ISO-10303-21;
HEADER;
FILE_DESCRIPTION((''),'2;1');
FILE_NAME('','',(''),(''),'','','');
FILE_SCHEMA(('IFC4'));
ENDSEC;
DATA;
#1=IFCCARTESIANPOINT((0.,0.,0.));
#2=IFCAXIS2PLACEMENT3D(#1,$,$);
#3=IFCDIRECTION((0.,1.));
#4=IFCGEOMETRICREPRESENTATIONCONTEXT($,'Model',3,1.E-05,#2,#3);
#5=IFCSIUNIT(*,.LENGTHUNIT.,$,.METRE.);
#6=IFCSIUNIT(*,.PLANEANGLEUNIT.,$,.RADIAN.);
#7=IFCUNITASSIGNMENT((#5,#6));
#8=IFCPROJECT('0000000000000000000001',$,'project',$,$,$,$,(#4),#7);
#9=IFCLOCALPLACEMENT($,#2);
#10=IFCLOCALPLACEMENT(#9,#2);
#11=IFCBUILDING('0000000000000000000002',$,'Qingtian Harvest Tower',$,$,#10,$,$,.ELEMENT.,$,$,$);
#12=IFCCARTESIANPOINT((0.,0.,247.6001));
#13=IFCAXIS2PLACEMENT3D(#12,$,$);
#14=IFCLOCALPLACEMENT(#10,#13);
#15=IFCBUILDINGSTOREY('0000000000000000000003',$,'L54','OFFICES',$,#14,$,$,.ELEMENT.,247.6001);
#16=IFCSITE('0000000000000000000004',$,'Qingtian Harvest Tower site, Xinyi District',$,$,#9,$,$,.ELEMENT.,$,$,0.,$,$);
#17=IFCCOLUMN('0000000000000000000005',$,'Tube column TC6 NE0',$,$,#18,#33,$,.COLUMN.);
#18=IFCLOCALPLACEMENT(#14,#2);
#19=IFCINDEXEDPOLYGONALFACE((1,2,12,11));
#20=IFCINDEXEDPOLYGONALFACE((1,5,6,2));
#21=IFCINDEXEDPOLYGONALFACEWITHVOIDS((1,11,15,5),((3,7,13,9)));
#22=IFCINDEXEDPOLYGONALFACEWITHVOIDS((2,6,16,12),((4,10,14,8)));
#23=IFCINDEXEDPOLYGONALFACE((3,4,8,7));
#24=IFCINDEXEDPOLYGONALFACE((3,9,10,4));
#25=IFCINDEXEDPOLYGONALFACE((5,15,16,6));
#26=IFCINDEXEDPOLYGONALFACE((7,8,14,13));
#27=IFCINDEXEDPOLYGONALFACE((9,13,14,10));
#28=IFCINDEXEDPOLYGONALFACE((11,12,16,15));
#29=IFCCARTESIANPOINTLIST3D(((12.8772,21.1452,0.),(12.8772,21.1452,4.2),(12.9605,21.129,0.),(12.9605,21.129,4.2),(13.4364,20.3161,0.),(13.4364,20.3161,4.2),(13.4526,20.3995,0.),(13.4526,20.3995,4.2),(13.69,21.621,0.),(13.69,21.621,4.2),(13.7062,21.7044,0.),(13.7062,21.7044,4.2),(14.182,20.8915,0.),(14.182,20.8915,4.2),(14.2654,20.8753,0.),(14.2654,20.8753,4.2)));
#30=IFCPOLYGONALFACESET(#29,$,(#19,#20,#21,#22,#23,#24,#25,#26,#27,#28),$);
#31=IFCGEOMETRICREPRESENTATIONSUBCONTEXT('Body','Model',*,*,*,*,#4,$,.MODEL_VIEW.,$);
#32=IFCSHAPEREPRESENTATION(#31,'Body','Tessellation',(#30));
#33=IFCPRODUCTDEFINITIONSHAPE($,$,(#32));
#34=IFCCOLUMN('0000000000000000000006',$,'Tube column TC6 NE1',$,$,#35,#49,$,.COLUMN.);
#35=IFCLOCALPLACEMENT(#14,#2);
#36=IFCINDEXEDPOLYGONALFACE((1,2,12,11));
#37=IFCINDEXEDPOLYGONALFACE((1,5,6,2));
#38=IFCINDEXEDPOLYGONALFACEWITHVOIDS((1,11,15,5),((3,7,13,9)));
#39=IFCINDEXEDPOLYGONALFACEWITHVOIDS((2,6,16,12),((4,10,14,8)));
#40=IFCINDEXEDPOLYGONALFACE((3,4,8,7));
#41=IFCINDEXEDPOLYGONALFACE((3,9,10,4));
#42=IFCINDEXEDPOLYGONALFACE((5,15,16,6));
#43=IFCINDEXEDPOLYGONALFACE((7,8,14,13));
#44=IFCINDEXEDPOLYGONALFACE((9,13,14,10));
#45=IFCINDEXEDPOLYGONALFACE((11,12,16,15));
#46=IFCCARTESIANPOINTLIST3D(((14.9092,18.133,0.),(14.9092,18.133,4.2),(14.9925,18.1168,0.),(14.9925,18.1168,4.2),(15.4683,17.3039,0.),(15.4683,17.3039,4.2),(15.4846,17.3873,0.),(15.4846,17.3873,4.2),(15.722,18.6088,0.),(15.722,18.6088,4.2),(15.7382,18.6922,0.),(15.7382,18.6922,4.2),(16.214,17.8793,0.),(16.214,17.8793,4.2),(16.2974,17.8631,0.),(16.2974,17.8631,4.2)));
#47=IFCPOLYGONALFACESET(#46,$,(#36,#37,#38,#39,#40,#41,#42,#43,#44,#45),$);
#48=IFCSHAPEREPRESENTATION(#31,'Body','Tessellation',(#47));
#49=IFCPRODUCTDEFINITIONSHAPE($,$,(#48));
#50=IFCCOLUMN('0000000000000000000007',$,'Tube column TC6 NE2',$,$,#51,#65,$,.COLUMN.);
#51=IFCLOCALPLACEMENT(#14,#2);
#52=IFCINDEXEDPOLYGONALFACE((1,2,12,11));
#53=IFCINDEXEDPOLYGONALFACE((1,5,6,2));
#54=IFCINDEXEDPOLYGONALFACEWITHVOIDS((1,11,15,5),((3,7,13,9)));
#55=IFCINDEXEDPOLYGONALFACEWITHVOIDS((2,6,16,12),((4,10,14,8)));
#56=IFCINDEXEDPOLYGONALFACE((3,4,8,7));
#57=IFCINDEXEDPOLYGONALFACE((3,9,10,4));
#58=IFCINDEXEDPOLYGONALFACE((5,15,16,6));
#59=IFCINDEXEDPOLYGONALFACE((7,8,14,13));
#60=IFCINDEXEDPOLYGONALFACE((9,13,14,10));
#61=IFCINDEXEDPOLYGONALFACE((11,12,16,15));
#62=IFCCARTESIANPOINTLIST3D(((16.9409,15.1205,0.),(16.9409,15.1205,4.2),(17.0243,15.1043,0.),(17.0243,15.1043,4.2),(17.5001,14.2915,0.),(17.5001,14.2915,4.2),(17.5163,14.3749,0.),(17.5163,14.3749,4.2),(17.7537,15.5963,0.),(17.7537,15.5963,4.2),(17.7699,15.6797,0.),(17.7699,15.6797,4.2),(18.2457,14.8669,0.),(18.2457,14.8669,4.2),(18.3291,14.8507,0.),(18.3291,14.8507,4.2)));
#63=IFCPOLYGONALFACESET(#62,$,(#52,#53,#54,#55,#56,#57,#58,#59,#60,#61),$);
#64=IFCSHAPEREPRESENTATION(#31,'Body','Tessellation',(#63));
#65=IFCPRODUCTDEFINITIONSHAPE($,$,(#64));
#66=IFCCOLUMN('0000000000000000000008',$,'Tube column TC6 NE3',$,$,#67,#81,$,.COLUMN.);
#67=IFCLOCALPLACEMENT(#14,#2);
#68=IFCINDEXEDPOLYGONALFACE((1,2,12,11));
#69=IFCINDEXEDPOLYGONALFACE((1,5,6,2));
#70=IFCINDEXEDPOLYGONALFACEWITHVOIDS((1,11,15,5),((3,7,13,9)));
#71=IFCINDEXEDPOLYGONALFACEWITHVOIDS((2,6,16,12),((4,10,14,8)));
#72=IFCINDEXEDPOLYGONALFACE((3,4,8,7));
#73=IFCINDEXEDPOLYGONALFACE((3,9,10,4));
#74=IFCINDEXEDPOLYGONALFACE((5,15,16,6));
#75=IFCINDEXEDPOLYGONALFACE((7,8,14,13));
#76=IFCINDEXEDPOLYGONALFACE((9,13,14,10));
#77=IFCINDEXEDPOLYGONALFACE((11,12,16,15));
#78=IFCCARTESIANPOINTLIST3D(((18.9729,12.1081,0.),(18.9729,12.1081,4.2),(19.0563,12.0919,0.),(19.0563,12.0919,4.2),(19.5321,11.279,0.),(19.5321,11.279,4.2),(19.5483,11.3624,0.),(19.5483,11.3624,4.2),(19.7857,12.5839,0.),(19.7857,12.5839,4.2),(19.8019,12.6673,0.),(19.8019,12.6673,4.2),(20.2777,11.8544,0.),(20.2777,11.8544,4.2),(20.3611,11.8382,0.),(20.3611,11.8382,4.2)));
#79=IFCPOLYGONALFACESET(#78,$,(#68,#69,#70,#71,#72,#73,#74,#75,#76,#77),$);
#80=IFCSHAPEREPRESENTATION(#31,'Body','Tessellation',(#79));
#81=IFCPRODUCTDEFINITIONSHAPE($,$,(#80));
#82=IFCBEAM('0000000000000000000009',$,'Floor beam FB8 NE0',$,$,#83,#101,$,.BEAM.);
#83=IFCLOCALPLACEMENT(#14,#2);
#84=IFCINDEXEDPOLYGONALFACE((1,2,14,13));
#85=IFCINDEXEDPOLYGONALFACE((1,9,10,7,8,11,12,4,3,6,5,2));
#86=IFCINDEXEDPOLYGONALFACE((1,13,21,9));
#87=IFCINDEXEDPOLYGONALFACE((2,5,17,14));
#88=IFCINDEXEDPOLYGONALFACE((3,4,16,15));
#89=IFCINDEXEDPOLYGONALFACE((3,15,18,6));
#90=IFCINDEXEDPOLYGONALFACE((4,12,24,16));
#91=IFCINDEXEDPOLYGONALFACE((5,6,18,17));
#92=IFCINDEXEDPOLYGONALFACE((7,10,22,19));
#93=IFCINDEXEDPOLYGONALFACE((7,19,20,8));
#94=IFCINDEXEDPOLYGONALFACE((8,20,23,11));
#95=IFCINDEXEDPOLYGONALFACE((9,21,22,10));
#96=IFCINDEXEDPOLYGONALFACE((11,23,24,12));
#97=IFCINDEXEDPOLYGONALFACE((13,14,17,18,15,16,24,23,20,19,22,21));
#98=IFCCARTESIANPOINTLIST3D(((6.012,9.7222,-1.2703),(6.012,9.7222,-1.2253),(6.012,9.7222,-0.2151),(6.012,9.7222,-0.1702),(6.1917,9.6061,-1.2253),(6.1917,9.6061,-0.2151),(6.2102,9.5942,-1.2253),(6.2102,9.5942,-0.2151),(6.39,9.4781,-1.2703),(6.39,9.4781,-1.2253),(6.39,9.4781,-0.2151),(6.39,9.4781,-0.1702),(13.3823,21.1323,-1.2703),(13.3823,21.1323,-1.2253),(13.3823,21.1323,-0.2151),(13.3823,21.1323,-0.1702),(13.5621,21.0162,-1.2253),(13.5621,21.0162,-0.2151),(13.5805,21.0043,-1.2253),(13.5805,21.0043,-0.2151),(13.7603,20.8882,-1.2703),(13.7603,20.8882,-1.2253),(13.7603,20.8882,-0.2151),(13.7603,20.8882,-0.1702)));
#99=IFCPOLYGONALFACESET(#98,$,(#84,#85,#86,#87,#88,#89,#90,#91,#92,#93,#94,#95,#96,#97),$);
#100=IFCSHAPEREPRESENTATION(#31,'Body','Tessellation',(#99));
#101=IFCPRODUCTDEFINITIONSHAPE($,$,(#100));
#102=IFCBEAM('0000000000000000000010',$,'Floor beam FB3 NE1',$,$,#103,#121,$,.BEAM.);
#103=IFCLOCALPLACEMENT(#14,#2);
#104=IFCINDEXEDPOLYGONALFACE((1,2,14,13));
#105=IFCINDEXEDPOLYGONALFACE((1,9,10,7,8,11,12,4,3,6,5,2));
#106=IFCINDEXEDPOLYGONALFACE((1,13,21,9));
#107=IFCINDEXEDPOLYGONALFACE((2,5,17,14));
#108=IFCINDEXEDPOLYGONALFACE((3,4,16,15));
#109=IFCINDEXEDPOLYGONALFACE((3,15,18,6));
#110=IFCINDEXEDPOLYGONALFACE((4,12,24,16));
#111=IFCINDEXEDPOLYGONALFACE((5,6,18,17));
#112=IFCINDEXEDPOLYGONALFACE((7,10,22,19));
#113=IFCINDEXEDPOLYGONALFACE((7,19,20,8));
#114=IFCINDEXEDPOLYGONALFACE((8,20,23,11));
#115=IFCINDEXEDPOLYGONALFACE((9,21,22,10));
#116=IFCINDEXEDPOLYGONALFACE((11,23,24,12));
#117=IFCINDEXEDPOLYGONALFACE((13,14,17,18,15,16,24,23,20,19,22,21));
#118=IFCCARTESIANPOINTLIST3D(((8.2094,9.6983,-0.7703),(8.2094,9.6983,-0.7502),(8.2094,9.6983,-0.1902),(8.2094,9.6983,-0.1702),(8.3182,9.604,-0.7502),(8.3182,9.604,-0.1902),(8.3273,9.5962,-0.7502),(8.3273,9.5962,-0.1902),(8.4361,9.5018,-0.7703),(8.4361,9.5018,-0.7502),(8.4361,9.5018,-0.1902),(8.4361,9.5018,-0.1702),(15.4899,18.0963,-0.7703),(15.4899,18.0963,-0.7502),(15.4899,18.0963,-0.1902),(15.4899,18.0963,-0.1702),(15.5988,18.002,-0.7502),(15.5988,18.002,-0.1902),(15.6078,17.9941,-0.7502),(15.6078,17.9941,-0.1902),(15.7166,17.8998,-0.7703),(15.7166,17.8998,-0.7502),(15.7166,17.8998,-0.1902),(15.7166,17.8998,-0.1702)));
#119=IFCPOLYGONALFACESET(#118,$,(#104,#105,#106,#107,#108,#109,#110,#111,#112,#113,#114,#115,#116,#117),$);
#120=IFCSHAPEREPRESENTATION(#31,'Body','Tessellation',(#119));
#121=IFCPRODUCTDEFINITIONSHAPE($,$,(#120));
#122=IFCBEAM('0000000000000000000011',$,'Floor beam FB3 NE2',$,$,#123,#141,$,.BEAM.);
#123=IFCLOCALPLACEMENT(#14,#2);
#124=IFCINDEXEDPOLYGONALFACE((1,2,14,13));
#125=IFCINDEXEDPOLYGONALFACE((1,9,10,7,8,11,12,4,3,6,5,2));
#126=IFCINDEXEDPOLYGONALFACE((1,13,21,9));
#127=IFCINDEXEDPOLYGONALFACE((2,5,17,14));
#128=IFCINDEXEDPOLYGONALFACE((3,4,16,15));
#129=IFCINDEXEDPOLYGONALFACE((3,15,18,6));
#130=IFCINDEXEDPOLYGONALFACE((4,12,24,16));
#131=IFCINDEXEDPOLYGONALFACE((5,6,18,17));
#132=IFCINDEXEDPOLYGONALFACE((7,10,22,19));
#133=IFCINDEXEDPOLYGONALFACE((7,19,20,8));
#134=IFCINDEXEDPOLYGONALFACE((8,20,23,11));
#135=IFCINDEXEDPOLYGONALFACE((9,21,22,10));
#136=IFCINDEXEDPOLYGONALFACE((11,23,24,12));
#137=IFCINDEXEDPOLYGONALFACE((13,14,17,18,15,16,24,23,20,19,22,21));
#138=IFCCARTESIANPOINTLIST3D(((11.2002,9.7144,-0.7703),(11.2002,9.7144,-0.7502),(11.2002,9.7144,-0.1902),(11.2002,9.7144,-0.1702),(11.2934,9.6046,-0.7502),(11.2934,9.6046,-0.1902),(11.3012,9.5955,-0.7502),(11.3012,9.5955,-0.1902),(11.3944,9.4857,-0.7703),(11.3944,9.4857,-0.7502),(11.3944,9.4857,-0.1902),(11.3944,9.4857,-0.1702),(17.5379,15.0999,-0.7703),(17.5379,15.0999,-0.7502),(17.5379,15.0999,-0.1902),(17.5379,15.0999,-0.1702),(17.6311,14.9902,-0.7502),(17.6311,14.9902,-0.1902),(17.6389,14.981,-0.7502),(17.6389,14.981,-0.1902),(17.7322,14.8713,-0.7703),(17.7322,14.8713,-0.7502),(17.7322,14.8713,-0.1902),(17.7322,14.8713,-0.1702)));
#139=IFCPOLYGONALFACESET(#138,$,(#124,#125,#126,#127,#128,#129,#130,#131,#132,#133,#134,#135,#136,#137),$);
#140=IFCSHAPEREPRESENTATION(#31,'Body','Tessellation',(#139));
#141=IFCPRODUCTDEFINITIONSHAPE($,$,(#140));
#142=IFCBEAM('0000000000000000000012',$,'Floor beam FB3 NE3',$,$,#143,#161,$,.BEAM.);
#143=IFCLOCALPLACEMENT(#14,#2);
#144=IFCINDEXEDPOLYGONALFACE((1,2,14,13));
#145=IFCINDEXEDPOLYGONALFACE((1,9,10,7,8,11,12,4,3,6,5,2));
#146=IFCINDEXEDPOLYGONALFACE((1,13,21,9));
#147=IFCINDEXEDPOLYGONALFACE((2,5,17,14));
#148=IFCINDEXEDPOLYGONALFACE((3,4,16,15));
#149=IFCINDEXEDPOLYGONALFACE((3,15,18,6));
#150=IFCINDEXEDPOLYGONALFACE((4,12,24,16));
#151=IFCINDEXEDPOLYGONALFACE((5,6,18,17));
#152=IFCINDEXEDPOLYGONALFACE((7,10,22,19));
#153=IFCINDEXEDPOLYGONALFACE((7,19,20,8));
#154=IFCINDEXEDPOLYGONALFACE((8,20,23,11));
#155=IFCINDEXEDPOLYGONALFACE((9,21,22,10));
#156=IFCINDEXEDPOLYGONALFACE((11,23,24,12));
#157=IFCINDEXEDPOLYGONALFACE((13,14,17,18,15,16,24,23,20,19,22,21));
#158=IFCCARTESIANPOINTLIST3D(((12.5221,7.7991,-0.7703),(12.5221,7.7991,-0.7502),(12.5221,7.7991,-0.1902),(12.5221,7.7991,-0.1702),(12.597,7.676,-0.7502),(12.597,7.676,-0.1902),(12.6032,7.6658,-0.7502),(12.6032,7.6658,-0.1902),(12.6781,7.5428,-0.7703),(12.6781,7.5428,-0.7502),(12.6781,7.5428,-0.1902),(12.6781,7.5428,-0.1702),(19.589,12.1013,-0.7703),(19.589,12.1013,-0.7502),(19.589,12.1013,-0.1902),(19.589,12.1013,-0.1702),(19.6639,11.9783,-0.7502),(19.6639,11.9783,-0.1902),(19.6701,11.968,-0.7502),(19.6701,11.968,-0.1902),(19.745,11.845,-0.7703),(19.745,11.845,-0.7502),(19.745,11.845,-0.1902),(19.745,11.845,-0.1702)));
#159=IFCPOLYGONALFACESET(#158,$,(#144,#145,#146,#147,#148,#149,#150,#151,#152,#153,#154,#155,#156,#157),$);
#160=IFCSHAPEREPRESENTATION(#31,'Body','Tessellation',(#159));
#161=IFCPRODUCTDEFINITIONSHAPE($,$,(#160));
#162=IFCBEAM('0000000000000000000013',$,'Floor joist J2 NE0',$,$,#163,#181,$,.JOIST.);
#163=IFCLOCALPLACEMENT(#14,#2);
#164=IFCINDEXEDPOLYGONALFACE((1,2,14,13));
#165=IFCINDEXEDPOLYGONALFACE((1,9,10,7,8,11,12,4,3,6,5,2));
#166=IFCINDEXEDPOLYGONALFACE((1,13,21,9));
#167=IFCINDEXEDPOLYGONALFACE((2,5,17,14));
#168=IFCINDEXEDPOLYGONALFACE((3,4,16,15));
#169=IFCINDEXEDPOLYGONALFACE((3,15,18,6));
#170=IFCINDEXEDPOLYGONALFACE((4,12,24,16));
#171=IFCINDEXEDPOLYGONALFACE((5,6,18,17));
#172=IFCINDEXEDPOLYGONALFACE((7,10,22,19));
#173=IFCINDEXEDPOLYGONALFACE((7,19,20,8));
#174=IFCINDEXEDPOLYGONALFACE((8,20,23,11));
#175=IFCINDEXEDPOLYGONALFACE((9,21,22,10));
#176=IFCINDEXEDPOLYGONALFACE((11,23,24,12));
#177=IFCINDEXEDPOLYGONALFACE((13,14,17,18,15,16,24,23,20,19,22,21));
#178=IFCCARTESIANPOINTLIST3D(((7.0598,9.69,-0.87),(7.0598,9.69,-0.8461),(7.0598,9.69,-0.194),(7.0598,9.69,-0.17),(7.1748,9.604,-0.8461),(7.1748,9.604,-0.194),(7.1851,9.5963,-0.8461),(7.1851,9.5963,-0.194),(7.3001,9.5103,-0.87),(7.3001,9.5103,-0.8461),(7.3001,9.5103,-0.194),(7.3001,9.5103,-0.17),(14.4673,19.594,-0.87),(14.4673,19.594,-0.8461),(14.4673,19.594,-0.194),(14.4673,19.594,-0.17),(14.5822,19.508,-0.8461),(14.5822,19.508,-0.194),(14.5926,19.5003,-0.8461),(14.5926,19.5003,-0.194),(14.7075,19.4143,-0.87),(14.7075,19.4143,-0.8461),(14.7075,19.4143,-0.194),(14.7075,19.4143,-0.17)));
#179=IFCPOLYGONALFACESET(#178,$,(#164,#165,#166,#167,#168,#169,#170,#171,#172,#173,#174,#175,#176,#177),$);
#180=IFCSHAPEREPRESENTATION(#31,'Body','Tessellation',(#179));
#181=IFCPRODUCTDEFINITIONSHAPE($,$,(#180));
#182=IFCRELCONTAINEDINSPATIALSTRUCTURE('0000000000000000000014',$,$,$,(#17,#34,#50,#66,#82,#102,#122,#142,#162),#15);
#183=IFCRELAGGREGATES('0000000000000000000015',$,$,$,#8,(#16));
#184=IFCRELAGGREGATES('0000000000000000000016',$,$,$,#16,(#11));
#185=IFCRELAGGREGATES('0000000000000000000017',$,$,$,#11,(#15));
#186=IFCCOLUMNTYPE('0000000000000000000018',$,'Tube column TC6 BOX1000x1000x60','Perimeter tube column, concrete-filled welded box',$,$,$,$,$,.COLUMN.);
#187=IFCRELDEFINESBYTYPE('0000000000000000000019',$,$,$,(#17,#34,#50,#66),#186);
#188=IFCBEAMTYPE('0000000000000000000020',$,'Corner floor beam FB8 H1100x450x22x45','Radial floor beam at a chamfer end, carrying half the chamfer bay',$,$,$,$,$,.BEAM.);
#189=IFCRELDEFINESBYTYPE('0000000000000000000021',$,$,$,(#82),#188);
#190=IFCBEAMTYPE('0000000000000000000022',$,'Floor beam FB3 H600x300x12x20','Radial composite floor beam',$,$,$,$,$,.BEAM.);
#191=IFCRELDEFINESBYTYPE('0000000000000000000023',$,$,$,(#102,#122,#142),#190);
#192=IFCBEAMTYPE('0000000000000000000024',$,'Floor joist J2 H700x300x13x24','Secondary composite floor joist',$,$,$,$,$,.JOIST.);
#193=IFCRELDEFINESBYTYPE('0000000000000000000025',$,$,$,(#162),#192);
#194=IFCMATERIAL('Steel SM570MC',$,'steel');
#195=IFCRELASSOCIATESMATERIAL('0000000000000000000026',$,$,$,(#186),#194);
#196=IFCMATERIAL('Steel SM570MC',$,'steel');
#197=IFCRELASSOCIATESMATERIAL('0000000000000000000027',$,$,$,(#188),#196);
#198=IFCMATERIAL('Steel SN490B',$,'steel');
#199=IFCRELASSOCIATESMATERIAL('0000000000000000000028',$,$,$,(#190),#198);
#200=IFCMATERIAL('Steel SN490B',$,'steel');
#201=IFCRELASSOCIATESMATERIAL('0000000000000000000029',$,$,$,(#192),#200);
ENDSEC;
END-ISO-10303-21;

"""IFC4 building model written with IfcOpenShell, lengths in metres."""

from ifc_helpers import new_model, si_unit, direction, frame, origin, origin_2d, place, context, subcontext, project, spatial, hollow_rectangle, i_section, extrude, material, material_profile, profile_set, type_object, element, save


model = new_model("IFC4")

# Units and contexts
model_context = context("Model", 3, precision=1e-05, world=origin(), true_north=direction((0.0, 1.0)))
body_context = subcontext(model_context, "Body", "Model", "MODEL_VIEW")
ifc_project = project(units=[si_unit("LENGTHUNIT", "METRE"), si_unit("PLANEANGLEUNIT", "RADIAN")], contexts=[model_context])

# Site, building, storey
site_placement = place(None, origin())
site = spatial("IfcSite", under=ifc_project, at=site_placement, Name="Qingtian Harvest Tower site, Xinyi District", CompositionType="ELEMENT", RefElevation=0.0)
building_placement = place(site_placement, origin())
building = spatial("IfcBuilding", under=site, at=building_placement, Name="Qingtian Harvest Tower", CompositionType="ELEMENT")
storey_placement = place(building_placement, frame((0.0, 0.0, 247.6001)))
storey = spatial("IfcBuildingStorey", under=building, at=storey_placement, Name="L54", Description="OFFICES", CompositionType="ELEMENT", Elevation=247.6001)

# Columns
ifc_material_1 = material(Name="Steel SM570MC", Category="steel")
ifc_material_profile_1 = material_profile(ifc_material_1, hollow_rectangle(XDim=1.0, YDim=1.0, WallThickness=0.0601, at=origin_2d()), Name="BOX1000x1000x60")
ifc_profile_set_1 = profile_set([ifc_material_profile_1], Name="Steel SM570MC")
column_type = type_object("IfcColumnType", Name="Tube column TC6 BOX1000x1000x60", Description="Perimeter tube column, concrete-filled welded box", PredefinedType="COLUMN", material=ifc_profile_set_1)
for number, where, z_axis, x_axis, name in (
    (1, (13.5713, 21.0103, 0.0), (0.0, 0.0, 1.0), (-0.559193, 0.829038, 0.0), "Tube column TC6 NE0"),
    (2, (15.6033, 17.998, 0.0), (0.0, 0.0, 1.0), (-0.559193, 0.829038, 0.0), "Tube column TC6 NE1"),
    (3, (17.635, 14.9856, 0.0), (0.0, 0.0, 1.0), (-0.559193, 0.829038, 0.0), "Tube column TC6 NE2"),
    (4, (19.667, 11.9731, 0.0), (0.0, 0.0, 1.0), (-0.559193, 0.829038, 0.0), "Tube column TC6 NE3"),
):
    element("IfcColumn", number, at=place(storey_placement, frame(where, z_axis=z_axis, x_axis=x_axis)), inside=storey, type_object=column_type, Name=name, PredefinedType="COLUMN", context=body_context, shape_type="SweptSolid", body=[
        extrude(hollow_rectangle(XDim=1.0, YDim=1.0, WallThickness=0.0601, at=origin_2d()), origin(), (0.0, 0.0, 1.0), 4.2),
    ])

# Beams
ifc_material_2 = material(Name="Steel SM570MC", Category="steel")
ifc_material_profile_2 = material_profile(ifc_material_2, i_section(OverallWidth=0.45, OverallDepth=1.1001, WebThickness=0.022, FlangeThickness=0.0449, at=origin_2d()), Name="H1100x450x22x45")
ifc_profile_set_2 = profile_set([ifc_material_profile_2], Name="Steel SM570MC")
beam_type_1 = type_object("IfcBeamType", Name="Corner floor beam FB8 H1100x450x22x45", Description="Radial floor beam at a chamfer end, carrying half the chamfer bay", PredefinedType="BEAM", material=ifc_profile_set_2)
beam_1_placement = place(storey_placement, frame((13.5713, 21.0103, -0.7202), z_axis=(-0.542593, -0.839996, 0.0), x_axis=(0.839996, -0.542593, 0.0)))
element("IfcBeam", 5, at=beam_1_placement, inside=storey, type_object=beam_type_1, Name="Floor beam FB8 NE0", PredefinedType="BEAM", context=body_context, shape_type="SweptSolid", body=[
    extrude(i_section(OverallWidth=0.45, OverallDepth=1.1001, WebThickness=0.022, FlangeThickness=0.0449, at=origin_2d()), origin(), (0.0, 0.0, 1.0), 13.5835),
])
ifc_material_3 = material(Name="Steel SN490B", Category="steel")
ifc_material_profile_3 = material_profile(ifc_material_3, i_section(OverallWidth=0.3, OverallDepth=0.6001, WebThickness=0.012, FlangeThickness=0.02, at=origin_2d()), Name="H600x300x12x20")
ifc_profile_set_3 = profile_set([ifc_material_profile_3], Name="Steel SN490B")
beam_type_2 = type_object("IfcBeamType", Name="Floor beam FB3 H600x300x12x20", Description="Radial composite floor beam", PredefinedType="BEAM", material=ifc_profile_set_3)
beam_2_placement = place(storey_placement, frame((15.6033, 17.998, -0.4702), z_axis=(-0.655048, -0.755587, 0.0), x_axis=(0.755587, -0.655048, 0.0)))
element("IfcBeam", 6, at=beam_2_placement, inside=storey, type_object=beam_type_2, Name="Floor beam FB3 NE1", PredefinedType="BEAM", context=body_context, shape_type="SweptSolid", body=[
    extrude(i_section(OverallWidth=0.3, OverallDepth=0.6001, WebThickness=0.012, FlangeThickness=0.02, at=origin_2d()), origin(), (0.0, 0.0, 1.0), 11.1145),
])
beam_3_placement = place(storey_placement, frame((17.635, 14.9856, -0.4702), z_axis=(-0.762028, -0.647544, 0.0), x_axis=(0.647544, -0.762028, 0.0)))
element("IfcBeam", 7, at=beam_3_placement, inside=storey, type_object=beam_type_2, Name="Floor beam FB3 NE2", PredefinedType="BEAM", context=body_context, shape_type="SweptSolid", body=[
    extrude(i_section(OverallWidth=0.3, OverallDepth=0.6001, WebThickness=0.012, FlangeThickness=0.02, at=origin_2d()), origin(), (0.0, 0.0, 1.0), 8.3169),
])
beam_4_placement = place(storey_placement, frame((19.667, 11.9731, -0.4702), z_axis=(-0.854163, -0.520005, 0.0), x_axis=(0.520005, -0.854163, 0.0)))
element("IfcBeam", 8, at=beam_4_placement, inside=storey, type_object=beam_type_2, Name="Floor beam FB3 NE3", PredefinedType="BEAM", context=body_context, shape_type="SweptSolid", body=[
    extrude(i_section(OverallWidth=0.3, OverallDepth=0.6001, WebThickness=0.012, FlangeThickness=0.02, at=origin_2d()), origin(), (0.0, 0.0, 1.0), 8.2734),
])
ifc_material_4 = material(Name="Steel SN490B", Category="steel")
ifc_material_profile_4 = material_profile(ifc_material_4, i_section(OverallWidth=0.3, OverallDepth=0.7, WebThickness=0.0129, FlangeThickness=0.0239, at=origin_2d()), Name="H700x300x13x24")
ifc_profile_set_4 = profile_set([ifc_material_profile_4], Name="Steel SN490B")
beam_type_3 = type_object("IfcBeamType", Name="Floor joist J2 H700x300x13x24", Description="Secondary composite floor joist", PredefinedType="JOIST", material=ifc_profile_set_4)
beam_5_placement = place(storey_placement, frame((14.5874, 19.5042, -0.52), z_axis=(-0.598935, -0.800798, 0.0), x_axis=(0.800798, -0.598935, 0.0)))
element("IfcBeam", 9, at=beam_5_placement, inside=storey, type_object=beam_type_3, Name="Floor joist J2 NE0", PredefinedType="JOIST", context=body_context, shape_type="SweptSolid", body=[
    extrude(i_section(OverallWidth=0.3, OverallDepth=0.7, WebThickness=0.0129, FlangeThickness=0.0239, at=origin_2d()), origin(), (0.0, 0.0, 1.0), 12.3677),
])

save(model, "model.ifc")
